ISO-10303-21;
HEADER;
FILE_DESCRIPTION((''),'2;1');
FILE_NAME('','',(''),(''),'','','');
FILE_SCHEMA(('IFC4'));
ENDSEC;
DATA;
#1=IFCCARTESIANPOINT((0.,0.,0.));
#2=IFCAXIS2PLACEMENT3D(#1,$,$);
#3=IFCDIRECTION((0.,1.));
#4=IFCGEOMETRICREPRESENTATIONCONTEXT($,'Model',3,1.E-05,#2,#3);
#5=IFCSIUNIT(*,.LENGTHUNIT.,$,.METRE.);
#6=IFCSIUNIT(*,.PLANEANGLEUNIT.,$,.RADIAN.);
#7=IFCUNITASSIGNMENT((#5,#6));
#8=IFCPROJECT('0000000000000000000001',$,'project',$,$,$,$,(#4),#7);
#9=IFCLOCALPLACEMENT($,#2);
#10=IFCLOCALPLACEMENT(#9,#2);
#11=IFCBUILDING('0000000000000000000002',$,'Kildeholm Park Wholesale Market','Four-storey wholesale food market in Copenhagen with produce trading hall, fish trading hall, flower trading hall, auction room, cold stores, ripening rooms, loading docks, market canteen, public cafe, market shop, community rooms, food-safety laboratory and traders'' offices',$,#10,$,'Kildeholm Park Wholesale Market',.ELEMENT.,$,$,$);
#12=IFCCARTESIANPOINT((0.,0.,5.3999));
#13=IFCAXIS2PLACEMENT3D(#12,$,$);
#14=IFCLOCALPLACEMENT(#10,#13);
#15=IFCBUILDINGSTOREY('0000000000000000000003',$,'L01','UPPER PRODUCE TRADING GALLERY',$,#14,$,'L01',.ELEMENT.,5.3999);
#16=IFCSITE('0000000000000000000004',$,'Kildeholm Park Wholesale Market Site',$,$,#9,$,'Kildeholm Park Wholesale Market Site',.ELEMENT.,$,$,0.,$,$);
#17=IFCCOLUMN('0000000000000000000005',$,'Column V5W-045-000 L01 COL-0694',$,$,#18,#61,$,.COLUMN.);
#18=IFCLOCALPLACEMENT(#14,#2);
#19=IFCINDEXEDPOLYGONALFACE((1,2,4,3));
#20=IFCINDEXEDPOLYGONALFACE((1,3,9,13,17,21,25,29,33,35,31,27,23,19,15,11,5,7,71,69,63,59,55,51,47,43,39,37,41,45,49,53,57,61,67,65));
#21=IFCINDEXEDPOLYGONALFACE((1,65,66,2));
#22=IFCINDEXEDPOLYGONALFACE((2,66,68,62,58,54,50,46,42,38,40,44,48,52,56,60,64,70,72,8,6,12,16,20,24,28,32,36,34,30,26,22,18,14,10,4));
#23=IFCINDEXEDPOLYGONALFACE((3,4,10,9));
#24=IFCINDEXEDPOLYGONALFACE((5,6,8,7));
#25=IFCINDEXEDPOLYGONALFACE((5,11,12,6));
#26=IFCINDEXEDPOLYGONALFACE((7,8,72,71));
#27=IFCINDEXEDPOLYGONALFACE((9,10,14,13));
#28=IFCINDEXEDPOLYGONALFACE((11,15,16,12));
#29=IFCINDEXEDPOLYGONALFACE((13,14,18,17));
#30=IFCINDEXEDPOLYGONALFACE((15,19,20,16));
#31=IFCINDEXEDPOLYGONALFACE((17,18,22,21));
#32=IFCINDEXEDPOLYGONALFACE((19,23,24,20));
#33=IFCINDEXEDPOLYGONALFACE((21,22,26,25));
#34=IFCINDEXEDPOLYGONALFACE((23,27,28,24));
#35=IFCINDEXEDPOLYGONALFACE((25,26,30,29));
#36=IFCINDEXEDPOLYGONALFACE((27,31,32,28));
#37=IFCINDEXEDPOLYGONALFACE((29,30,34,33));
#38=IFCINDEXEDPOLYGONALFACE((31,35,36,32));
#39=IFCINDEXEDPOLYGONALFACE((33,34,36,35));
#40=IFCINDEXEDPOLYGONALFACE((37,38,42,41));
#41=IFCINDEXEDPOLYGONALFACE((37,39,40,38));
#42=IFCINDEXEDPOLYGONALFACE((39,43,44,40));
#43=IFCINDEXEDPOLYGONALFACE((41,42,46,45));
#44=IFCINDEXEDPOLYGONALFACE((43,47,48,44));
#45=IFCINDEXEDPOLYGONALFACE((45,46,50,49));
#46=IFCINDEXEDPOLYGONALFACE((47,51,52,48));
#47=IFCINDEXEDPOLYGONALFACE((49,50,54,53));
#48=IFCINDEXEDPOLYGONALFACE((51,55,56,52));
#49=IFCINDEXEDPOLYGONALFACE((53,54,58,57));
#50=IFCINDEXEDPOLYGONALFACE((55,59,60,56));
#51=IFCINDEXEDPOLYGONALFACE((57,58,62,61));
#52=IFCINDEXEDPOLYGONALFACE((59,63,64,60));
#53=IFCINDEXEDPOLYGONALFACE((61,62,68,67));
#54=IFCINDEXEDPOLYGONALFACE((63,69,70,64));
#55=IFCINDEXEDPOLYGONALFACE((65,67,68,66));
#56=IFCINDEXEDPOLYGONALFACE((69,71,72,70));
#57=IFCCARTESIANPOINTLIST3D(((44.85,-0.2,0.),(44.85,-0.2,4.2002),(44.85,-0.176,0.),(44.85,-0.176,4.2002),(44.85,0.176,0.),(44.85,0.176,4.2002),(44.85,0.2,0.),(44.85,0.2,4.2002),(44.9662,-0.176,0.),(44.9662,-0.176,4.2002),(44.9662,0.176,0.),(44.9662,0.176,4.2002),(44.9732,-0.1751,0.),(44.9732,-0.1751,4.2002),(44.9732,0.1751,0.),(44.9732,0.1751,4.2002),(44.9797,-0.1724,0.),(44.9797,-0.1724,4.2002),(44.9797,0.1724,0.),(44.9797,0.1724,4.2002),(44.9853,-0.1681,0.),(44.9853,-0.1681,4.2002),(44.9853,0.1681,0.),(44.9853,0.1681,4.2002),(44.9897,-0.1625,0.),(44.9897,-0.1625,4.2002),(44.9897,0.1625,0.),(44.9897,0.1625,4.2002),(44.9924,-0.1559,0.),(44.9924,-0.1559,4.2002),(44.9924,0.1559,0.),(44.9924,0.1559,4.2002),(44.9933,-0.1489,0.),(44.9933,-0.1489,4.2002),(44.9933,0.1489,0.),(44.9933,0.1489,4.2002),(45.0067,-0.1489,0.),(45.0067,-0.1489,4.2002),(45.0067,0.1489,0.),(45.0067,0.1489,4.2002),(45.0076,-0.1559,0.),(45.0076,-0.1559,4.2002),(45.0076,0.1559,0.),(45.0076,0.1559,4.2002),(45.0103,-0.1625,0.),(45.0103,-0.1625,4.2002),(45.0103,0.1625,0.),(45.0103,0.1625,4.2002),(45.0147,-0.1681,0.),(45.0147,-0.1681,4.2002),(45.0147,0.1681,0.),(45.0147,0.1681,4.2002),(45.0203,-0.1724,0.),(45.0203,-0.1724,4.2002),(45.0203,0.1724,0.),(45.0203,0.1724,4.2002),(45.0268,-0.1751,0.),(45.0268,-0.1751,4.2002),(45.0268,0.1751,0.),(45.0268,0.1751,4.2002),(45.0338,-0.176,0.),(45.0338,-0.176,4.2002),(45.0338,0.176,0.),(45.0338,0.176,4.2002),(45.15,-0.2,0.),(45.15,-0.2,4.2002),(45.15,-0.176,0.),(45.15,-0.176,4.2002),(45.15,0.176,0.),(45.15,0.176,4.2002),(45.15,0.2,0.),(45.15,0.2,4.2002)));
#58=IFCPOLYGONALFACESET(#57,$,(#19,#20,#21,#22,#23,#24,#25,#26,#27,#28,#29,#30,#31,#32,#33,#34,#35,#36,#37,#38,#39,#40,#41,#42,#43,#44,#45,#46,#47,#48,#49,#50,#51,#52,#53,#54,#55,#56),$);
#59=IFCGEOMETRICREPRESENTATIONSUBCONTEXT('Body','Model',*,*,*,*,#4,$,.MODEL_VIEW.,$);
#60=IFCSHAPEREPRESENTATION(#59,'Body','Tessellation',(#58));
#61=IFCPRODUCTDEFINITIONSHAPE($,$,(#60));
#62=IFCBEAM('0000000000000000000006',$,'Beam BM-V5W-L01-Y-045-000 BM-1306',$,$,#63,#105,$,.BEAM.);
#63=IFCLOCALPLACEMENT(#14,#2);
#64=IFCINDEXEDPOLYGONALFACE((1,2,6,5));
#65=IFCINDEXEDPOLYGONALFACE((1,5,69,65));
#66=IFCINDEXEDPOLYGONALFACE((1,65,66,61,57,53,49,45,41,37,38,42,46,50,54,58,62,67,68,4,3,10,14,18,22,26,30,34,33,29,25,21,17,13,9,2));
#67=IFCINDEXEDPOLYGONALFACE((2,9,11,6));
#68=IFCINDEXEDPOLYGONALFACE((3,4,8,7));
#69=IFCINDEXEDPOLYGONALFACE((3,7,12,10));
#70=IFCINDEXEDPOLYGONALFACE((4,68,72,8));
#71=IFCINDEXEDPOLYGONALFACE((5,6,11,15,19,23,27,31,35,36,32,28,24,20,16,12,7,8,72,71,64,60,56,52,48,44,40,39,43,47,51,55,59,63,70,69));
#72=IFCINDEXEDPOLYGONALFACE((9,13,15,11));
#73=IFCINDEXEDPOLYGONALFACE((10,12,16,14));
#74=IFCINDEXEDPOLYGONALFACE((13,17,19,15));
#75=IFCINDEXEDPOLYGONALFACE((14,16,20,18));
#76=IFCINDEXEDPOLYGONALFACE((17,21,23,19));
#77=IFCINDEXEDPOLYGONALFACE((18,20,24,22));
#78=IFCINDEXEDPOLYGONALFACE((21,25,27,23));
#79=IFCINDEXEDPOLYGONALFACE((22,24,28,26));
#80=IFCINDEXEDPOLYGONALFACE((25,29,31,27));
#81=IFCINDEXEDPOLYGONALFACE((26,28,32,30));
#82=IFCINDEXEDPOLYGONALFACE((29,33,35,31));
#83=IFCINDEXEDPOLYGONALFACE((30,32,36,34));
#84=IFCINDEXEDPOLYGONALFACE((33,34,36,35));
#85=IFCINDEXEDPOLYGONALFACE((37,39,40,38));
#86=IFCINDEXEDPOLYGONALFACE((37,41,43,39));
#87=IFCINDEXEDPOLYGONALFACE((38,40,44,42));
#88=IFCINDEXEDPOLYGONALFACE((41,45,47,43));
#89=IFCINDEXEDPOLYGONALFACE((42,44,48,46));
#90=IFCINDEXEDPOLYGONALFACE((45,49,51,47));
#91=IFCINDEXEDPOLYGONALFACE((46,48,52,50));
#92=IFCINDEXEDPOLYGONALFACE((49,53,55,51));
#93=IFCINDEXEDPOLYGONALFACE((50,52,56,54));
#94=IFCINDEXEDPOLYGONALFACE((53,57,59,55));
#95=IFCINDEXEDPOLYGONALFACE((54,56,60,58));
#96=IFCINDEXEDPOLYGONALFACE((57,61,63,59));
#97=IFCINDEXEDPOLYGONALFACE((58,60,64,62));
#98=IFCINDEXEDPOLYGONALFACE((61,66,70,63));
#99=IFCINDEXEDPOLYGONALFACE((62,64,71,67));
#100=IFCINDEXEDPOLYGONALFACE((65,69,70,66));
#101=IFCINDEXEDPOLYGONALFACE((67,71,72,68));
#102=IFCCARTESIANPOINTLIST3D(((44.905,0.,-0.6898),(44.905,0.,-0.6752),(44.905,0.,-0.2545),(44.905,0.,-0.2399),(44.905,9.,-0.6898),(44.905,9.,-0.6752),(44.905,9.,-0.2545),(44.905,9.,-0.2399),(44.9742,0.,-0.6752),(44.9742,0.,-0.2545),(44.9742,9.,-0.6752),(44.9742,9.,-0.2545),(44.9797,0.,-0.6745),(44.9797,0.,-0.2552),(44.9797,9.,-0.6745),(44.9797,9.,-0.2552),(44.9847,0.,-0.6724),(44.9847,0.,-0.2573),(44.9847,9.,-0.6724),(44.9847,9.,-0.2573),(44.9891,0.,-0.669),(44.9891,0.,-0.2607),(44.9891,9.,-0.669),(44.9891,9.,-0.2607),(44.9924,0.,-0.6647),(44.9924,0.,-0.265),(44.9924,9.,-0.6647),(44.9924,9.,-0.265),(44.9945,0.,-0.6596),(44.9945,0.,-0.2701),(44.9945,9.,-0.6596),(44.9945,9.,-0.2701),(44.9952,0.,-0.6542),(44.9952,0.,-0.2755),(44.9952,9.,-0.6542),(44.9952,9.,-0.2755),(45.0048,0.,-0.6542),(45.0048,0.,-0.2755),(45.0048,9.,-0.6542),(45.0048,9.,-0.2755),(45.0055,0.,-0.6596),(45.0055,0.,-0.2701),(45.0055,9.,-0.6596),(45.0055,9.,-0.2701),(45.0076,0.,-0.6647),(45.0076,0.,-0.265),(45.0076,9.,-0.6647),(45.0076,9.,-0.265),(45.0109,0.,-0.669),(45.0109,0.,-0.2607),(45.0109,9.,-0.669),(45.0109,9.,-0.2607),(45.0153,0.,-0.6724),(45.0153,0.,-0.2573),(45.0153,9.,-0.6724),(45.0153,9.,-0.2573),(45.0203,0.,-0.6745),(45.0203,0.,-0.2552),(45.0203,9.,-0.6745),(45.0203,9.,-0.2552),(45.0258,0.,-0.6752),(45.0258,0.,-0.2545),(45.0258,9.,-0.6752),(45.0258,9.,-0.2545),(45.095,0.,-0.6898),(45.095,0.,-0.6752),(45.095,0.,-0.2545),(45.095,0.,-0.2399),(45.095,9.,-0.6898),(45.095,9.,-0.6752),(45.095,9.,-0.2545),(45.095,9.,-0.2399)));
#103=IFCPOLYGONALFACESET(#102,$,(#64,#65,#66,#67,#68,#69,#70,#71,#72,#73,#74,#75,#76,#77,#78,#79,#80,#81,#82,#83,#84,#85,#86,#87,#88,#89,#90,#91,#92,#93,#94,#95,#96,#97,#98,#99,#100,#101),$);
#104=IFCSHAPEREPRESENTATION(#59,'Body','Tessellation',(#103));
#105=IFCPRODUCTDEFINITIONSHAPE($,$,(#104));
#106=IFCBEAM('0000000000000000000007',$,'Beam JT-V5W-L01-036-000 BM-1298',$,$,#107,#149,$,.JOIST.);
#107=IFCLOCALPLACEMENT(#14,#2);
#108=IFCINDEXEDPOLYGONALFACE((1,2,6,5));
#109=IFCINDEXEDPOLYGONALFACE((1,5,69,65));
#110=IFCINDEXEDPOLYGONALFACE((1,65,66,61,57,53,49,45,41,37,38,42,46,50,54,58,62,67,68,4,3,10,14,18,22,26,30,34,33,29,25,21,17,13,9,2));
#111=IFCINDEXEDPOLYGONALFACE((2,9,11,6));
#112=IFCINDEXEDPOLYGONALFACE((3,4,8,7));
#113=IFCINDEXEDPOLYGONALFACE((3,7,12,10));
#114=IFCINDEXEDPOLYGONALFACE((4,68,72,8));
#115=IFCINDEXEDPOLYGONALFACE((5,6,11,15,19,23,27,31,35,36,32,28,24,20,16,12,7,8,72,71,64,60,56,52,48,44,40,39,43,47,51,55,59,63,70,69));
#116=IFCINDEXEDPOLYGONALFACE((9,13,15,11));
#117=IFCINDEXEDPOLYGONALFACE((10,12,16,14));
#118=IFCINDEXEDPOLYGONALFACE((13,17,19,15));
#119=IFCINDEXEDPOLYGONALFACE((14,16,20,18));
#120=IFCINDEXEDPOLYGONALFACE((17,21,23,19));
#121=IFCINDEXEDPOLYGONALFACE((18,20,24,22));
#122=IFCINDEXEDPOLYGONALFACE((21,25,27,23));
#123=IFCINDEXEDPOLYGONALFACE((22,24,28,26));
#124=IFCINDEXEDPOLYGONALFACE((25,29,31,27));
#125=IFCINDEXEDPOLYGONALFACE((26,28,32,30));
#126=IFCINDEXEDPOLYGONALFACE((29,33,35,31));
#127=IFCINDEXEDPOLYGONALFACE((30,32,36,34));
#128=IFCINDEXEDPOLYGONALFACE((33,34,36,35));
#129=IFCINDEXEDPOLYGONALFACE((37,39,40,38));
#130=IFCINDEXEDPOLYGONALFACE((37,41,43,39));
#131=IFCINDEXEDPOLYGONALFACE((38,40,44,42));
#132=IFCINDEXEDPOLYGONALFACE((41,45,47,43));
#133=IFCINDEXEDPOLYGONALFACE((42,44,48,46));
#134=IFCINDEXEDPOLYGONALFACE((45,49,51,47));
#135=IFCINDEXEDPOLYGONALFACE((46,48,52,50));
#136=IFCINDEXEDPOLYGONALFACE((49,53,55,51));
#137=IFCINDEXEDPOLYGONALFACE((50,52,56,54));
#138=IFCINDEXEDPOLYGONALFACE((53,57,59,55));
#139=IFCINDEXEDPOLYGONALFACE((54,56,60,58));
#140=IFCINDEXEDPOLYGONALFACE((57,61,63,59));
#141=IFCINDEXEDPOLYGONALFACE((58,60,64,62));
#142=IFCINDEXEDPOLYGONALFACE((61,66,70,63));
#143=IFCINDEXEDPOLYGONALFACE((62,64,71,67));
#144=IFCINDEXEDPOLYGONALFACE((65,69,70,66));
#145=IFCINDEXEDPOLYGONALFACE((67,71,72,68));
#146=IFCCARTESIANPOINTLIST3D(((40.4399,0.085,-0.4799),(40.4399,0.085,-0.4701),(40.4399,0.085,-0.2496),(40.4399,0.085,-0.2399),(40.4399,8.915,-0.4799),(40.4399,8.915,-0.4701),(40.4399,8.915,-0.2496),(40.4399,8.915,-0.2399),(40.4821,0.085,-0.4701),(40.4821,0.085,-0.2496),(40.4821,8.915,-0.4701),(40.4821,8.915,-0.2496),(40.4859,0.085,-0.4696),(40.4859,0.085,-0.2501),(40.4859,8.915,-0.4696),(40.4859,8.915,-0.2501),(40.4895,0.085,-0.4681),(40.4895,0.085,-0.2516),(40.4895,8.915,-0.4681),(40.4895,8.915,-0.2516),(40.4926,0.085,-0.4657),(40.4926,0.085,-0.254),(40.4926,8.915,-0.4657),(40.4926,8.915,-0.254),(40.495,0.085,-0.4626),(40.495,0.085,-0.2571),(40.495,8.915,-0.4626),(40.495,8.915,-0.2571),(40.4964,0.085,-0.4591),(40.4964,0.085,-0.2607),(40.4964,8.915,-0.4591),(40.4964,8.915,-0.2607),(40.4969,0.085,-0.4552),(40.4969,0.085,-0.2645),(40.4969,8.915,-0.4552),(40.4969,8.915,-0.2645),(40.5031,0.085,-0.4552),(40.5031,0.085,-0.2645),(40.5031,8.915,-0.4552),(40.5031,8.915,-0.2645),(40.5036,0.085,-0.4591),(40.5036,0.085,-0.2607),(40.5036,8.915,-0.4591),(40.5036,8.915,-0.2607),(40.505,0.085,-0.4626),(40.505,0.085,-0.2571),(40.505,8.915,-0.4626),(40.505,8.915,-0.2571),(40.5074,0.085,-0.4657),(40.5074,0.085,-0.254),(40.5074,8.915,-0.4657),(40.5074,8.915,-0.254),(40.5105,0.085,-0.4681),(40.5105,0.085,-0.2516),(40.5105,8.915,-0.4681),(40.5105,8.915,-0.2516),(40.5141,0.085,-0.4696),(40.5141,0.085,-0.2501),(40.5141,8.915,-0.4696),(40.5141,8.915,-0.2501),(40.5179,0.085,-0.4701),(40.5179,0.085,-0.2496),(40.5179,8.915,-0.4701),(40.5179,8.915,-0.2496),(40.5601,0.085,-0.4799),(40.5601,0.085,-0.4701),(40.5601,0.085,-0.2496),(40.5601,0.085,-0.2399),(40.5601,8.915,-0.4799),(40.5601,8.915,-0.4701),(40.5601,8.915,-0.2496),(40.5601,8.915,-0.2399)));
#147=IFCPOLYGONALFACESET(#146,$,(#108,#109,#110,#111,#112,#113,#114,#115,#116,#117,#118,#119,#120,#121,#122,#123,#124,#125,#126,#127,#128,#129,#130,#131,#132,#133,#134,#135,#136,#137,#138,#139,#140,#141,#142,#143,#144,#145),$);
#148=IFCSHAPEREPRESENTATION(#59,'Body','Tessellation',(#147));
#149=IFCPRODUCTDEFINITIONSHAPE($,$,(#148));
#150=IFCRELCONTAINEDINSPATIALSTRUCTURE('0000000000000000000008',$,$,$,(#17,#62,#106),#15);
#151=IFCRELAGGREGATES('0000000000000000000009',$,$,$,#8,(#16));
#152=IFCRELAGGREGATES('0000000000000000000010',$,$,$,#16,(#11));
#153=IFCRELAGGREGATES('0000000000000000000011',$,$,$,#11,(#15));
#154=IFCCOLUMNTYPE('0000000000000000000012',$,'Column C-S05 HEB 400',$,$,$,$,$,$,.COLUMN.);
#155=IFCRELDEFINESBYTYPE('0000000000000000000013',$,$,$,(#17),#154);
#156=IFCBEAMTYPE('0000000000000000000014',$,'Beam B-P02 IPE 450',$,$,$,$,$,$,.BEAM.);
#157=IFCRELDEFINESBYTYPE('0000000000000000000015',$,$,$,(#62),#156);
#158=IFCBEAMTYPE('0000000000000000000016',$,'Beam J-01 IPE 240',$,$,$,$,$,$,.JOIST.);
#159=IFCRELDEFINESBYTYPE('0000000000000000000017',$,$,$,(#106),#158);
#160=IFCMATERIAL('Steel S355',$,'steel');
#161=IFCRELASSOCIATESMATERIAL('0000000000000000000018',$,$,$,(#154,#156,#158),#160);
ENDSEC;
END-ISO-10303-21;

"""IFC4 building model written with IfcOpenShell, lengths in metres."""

from ifc_helpers import new_model, si_unit, direction, frame, origin, origin_2d, place, context, subcontext, project, spatial, i_section, extrude, material, material_profile, profile_set, type_object, element, save


model = new_model("IFC4")

# Units and contexts
model_context = context("Model", 3, precision=1e-05, world=origin(), true_north=direction((0.0, 1.0)))
body_context = subcontext(model_context, "Body", "Model", "MODEL_VIEW")
ifc_project = project(units=[si_unit("LENGTHUNIT", "METRE"), si_unit("PLANEANGLEUNIT", "RADIAN")], contexts=[model_context])

# Site, building, storey
site_placement = place(None, origin())
site = spatial("IfcSite", under=ifc_project, at=site_placement, Name="Kildeholm Park Wholesale Market Site", LongName="Kildeholm Park Wholesale Market Site", CompositionType="ELEMENT", RefElevation=0.0)
building_placement = place(site_placement, origin())
building = spatial("IfcBuilding", under=site, at=building_placement, Name="Kildeholm Park Wholesale Market", Description="Four-storey wholesale food market in Copenhagen with produce trading hall, fish trading hall, flower trading hall, auction room, cold stores, ripening rooms, loading docks, market canteen, public cafe, market shop, community rooms, food-safety laboratory and traders' offices", LongName="Kildeholm Park Wholesale Market", CompositionType="ELEMENT")
storey_placement = place(building_placement, frame((0.0, 0.0, 5.3999)))
storey = spatial("IfcBuildingStorey", under=building, at=storey_placement, Name="L01", Description="UPPER PRODUCE TRADING GALLERY", LongName="L01", CompositionType="ELEMENT", Elevation=5.3999)

# Column
ifc_material_1 = material(Name="Steel S355", Category="steel")
ifc_material_profile_1 = material_profile(ifc_material_1, i_section(OverallWidth=0.3, OverallDepth=0.3999, WebThickness=0.0134, FlangeThickness=0.0239, FilletRadius=0.0271, at=origin_2d()), Name="HEB 400")
ifc_profile_set_1 = profile_set([ifc_material_profile_1], Name="Steel S355")
column_type = type_object("IfcColumnType", Name="Column C-S05 HEB 400", PredefinedType="COLUMN", material=ifc_profile_set_1)
column_placement = place(storey_placement, frame((45.0, 0.0, 0.0), z_axis=(0.0, 0.0, 1.0), x_axis=(1.0, 0.0, 0.0)))
element("IfcColumn", 1, at=column_placement, inside=storey, type_object=column_type, Name="Column V5W-045-000 L01 COL-0694", PredefinedType="COLUMN", context=body_context, shape_type="SweptSolid", body=[
    extrude(i_section(OverallWidth=0.3, OverallDepth=0.3999, WebThickness=0.0134, FlangeThickness=0.0239, FilletRadius=0.0271, at=origin_2d()), origin(), (0.0, 0.0, 1.0), 4.2002),
])

# Beams
ifc_material_profile_2 = material_profile(ifc_material_1, i_section(OverallWidth=0.1899, OverallDepth=0.45, WebThickness=0.0095, FlangeThickness=0.0146, FilletRadius=0.021, at=origin_2d()), Name="IPE 450")
ifc_profile_set_2 = profile_set([ifc_material_profile_2], Name="Steel S355")
beam_type_1 = type_object("IfcBeamType", Name="Beam B-P02 IPE 450", PredefinedType="BEAM", material=ifc_profile_set_2)
beam_1_placement = place(storey_placement, frame((45.0, 0.0, -0.4648), z_axis=(0.0, 1.0, 0.0), x_axis=(-1.0, 0.0, 0.0)))
element("IfcBeam", 2, at=beam_1_placement, inside=storey, type_object=beam_type_1, Name="Beam BM-V5W-L01-Y-045-000 BM-1306", PredefinedType="BEAM", context=body_context, shape_type="SweptSolid", body=[
    extrude(i_section(OverallWidth=0.1899, OverallDepth=0.45, WebThickness=0.0095, FlangeThickness=0.0146, FilletRadius=0.021, at=origin_2d()), origin(), (0.0, 0.0, 1.0), 9.0),
])
ifc_material_profile_3 = material_profile(ifc_material_1, i_section(OverallWidth=0.1201, OverallDepth=0.24, WebThickness=0.0061, FlangeThickness=0.0098, FilletRadius=0.0149, at=origin_2d()), Name="IPE 240")
ifc_profile_set_3 = profile_set([ifc_material_profile_3], Name="Steel S355")
beam_type_2 = type_object("IfcBeamType", Name="Beam J-01 IPE 240", PredefinedType="JOIST", material=ifc_profile_set_3)
beam_2_placement = place(storey_placement, frame((40.5, 0.085, -0.3599), z_axis=(0.0, 1.0, 0.0), x_axis=(-1.0, 0.0, 0.0)))
element("IfcBeam", 3, at=beam_2_placement, inside=storey, type_object=beam_type_2, Name="Beam JT-V5W-L01-036-000 BM-1298", PredefinedType="JOIST", context=body_context, shape_type="SweptSolid", body=[
    extrude(i_section(OverallWidth=0.1201, OverallDepth=0.24, WebThickness=0.0061, FlangeThickness=0.0098, FilletRadius=0.0149, at=origin_2d()), origin(), (0.0, 0.0, 1.0), 8.8301),
])

save(model, "model.ifc")
